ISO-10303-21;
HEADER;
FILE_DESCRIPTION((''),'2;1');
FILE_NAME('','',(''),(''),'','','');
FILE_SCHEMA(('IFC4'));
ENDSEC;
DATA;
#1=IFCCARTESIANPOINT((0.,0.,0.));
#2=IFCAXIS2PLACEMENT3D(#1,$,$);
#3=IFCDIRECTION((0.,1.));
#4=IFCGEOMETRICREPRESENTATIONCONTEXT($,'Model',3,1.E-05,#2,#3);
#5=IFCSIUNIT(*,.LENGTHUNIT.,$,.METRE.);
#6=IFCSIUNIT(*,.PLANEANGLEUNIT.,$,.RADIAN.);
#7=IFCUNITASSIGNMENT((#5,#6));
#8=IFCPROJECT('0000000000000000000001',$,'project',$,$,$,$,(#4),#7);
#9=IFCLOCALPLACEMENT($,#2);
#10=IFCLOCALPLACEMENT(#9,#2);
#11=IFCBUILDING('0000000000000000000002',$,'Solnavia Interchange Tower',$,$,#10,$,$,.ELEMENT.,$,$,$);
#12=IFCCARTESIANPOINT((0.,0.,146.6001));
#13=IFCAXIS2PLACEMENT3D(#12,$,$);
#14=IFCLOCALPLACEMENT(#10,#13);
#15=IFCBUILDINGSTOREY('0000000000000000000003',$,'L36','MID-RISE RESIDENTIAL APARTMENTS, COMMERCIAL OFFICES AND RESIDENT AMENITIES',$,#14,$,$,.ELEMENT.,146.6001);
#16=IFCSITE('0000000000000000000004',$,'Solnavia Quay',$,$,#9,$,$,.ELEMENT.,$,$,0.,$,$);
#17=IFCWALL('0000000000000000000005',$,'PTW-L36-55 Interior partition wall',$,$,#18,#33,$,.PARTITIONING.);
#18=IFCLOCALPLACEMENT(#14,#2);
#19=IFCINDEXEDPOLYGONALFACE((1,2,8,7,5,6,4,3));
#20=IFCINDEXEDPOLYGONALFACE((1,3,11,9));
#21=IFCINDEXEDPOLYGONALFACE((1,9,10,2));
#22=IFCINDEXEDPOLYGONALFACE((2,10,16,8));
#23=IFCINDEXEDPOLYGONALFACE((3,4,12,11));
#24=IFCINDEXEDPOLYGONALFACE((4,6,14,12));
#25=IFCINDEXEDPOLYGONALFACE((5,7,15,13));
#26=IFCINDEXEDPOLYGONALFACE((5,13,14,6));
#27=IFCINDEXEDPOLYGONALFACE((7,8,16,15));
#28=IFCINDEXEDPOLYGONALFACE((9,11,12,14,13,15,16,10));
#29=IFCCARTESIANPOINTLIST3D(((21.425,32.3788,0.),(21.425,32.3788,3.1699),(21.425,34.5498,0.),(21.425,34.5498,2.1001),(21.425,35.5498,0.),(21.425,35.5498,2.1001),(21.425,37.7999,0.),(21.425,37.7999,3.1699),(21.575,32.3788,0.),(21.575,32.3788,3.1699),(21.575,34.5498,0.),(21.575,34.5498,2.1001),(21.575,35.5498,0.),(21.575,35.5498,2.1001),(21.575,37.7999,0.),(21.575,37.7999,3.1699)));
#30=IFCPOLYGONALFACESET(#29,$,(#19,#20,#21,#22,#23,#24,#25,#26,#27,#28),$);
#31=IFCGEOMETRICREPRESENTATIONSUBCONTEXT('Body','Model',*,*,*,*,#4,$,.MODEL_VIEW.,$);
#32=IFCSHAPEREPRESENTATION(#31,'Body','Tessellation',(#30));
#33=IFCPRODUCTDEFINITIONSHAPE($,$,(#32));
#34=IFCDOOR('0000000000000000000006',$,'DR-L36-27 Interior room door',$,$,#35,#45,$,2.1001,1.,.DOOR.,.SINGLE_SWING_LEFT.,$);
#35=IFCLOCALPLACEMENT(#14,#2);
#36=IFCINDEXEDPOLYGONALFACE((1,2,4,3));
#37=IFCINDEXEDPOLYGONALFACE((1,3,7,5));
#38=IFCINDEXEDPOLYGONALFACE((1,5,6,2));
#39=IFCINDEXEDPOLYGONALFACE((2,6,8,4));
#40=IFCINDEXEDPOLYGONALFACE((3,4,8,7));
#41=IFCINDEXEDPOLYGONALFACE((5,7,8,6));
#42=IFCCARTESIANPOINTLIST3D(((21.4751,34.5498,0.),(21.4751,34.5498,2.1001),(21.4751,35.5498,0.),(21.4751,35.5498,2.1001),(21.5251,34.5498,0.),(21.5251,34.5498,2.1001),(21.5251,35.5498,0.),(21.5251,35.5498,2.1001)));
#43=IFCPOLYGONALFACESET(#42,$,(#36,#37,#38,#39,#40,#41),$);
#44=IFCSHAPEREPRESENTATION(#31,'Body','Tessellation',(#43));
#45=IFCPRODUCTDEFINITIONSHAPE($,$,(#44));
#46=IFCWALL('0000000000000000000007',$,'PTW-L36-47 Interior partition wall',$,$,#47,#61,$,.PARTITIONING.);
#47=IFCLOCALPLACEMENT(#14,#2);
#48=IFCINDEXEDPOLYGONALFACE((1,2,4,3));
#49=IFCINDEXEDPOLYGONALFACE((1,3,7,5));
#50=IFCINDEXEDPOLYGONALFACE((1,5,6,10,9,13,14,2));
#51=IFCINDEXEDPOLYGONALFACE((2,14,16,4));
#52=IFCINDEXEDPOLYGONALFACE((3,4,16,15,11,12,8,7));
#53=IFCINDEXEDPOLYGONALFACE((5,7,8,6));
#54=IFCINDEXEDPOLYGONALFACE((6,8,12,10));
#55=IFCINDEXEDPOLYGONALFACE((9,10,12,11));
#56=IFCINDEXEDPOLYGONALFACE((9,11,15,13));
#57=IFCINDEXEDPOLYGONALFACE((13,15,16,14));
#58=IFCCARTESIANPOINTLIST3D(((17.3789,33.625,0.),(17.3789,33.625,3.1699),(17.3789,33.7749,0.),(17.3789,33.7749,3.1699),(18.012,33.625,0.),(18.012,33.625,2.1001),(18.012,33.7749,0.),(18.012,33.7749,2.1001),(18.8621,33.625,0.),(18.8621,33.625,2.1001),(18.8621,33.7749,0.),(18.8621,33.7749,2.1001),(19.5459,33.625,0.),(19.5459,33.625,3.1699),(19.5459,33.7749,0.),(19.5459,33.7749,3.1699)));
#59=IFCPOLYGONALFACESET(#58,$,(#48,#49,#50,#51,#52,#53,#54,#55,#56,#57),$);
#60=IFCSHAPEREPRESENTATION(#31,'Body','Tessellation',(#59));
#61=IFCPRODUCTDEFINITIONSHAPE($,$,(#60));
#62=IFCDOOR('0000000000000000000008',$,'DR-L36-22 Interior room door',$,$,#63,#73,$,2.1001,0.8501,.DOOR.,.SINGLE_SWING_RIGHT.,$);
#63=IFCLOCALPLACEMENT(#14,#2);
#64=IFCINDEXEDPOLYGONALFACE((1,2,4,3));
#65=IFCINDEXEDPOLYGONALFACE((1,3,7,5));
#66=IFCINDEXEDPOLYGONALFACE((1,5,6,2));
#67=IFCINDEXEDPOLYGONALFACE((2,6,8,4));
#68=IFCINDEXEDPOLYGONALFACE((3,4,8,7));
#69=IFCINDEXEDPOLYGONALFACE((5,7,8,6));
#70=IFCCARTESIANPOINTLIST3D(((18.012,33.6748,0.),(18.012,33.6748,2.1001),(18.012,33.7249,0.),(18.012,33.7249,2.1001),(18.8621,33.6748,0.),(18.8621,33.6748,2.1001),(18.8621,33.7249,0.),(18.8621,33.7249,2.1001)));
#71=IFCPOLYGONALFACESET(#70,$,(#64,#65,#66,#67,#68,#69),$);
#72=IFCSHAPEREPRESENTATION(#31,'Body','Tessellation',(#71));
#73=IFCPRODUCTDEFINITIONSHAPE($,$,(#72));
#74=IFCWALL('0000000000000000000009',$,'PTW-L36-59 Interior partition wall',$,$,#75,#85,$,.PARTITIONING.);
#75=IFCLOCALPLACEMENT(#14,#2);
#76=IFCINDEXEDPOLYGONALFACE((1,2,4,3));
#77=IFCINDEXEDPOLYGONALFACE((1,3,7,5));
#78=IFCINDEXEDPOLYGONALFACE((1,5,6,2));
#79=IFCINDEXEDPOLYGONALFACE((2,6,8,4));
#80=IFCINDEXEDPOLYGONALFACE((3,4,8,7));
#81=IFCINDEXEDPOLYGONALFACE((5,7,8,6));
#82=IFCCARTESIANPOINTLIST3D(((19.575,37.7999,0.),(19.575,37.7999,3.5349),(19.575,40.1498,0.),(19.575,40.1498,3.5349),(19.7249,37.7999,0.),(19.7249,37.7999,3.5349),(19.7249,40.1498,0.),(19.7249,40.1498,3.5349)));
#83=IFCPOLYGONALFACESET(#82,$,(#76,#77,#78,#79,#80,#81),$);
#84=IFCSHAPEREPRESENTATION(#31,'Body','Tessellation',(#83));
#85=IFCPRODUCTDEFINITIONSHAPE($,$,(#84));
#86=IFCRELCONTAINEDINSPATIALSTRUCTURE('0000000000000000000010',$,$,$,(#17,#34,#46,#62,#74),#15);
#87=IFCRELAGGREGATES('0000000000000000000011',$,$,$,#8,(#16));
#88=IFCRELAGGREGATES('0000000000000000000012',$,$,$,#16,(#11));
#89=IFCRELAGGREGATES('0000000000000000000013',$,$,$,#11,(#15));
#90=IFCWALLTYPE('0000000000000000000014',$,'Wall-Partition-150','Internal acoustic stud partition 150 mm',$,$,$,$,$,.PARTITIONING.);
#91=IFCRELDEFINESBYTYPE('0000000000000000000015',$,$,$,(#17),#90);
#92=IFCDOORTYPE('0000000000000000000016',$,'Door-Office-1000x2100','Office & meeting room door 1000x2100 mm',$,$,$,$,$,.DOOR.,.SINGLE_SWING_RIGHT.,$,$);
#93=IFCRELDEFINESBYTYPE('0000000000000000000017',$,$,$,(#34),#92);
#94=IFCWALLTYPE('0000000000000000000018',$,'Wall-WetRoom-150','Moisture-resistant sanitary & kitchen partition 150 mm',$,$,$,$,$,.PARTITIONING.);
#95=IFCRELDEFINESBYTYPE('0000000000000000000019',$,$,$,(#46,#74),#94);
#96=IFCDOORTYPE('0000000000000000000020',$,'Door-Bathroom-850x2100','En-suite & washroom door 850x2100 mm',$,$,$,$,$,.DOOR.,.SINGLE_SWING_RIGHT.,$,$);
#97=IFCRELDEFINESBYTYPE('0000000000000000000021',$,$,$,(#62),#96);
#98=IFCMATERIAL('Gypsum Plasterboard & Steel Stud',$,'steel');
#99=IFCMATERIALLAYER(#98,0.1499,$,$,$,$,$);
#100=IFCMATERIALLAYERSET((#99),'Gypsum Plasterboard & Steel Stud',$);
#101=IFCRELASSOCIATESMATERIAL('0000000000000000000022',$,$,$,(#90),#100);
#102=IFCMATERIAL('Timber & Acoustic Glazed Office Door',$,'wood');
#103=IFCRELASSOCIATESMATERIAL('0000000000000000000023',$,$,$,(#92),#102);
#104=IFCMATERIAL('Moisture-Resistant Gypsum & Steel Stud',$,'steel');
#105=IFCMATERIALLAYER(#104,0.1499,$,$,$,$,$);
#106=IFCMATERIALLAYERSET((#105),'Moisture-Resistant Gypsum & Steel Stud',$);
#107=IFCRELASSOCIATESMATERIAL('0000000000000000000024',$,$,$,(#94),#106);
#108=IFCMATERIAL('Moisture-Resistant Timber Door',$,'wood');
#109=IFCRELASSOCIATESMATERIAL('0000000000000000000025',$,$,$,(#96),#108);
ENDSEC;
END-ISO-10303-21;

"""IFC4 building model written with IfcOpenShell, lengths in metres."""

from ifc_helpers import new_model, si_unit, direction, frame, frame_2d, origin, place, context, subcontext, project, spatial, rectangle, extrude, material, layer, layer_set, type_object, element, fill, save


model = new_model("IFC4")

# Units and contexts
model_context = context("Model", 3, precision=1e-05, world=origin(), true_north=direction((0.0, 1.0)))
body_context = subcontext(model_context, "Body", "Model", "MODEL_VIEW")
ifc_project = project(units=[si_unit("LENGTHUNIT", "METRE"), si_unit("PLANEANGLEUNIT", "RADIAN")], contexts=[model_context])

# Site, building, storey
site_placement = place(None, origin())
site = spatial("IfcSite", under=ifc_project, at=site_placement, Name="Solnavia Quay", CompositionType="ELEMENT", RefElevation=0.0)
building_placement = place(site_placement, origin())
building = spatial("IfcBuilding", under=site, at=building_placement, Name="Solnavia Interchange Tower", CompositionType="ELEMENT")
storey_placement = place(building_placement, frame((0.0, 0.0, 146.6001)))
storey = spatial("IfcBuildingStorey", under=building, at=storey_placement, Name="L36", Description="MID-RISE RESIDENTIAL APARTMENTS, COMMERCIAL OFFICES AND RESIDENT AMENITIES", CompositionType="ELEMENT", Elevation=146.6001)

# Shared definitions
ifc_material_1 = material(Name="Gypsum Plasterboard & Steel Stud", Category="steel")
ifc_layer_1 = layer(ifc_material_1, 0.1499)
ifc_layer_set_1 = layer_set([ifc_layer_1], Name="Gypsum Plasterboard & Steel Stud")
wall_type_1 = type_object("IfcWallType", Name="Wall-Partition-150", Description="Internal acoustic stud partition 150 mm", PredefinedType="PARTITIONING", material=ifc_layer_set_1)

# Walls, openings, doors
wall_1_placement = place(storey_placement, frame((21.5, 32.3789, 0.0), z_axis=(0.0, 0.0, 1.0), x_axis=(0.0, 1.0, 0.0)))
wall_1 = element("IfcWall", 1, at=wall_1_placement, inside=storey, type_object=wall_type_1, Name="PTW-L36-55 Interior partition wall", PredefinedType="PARTITIONING", context=body_context, shape_type="SweptSolid", body=[
    extrude(rectangle(XDim=5.4211, YDim=0.1499, at=frame_2d((2.7104, 0.0))), origin(), (0.0, 0.0, 1.0), 3.1699),
])
opening_1_placement = place(wall_1_placement, frame((2.1709, 0.0, 0.0)))
opening_1 = element("IfcOpeningElement", 2, at=opening_1_placement, cuts=wall_1, PredefinedType="OPENING", context=body_context, shape_type="SweptSolid", body=[
    extrude(rectangle(XDim=1.0, YDim=2.1001, at=frame_2d((0.5, 1.05))), frame((0.0, 0.085, 0.0), z_axis=(0.0, -1.0, 0.0), x_axis=(1.0, 0.0, 0.0)), (0.0, 0.0, 1.0), 0.1699),
])
ifc_material_2 = material(Name="Timber & Acoustic Glazed Office Door", Category="wood")
door_type_1 = type_object("IfcDoorType", Name="Door-Office-1000x2100", Description="Office & meeting room door 1000x2100 mm", OperationType="SINGLE_SWING_RIGHT", PredefinedType="DOOR", material=ifc_material_2)
door_1_placement = place(opening_1_placement, origin())
door_1 = element("IfcDoor", 3, at=door_1_placement, inside=storey, type_object=door_type_1, Name="DR-L36-27 Interior room door", OperationType="SINGLE_SWING_LEFT", OverallHeight=2.1001, OverallWidth=1.0, PredefinedType="DOOR", context=body_context, shape_type="SweptSolid", body=[
    extrude(rectangle(XDim=1.0, YDim=2.1001, at=frame_2d((0.5, 1.05))), frame((0.0, 0.0249, 0.0), z_axis=(0.0, -1.0, 0.0), x_axis=(1.0, 0.0, 0.0)), (0.0, 0.0, 1.0), 0.05),
])
fill(opening_1, door_1)
ifc_material_3 = material(Name="Moisture-Resistant Gypsum & Steel Stud", Category="steel")
ifc_layer_2 = layer(ifc_material_3, 0.1499)
ifc_layer_set_2 = layer_set([ifc_layer_2], Name="Moisture-Resistant Gypsum & Steel Stud")
wall_type_2 = type_object("IfcWallType", Name="Wall-WetRoom-150", Description="Moisture-resistant sanitary & kitchen partition 150 mm", PredefinedType="PARTITIONING", material=ifc_layer_set_2)
wall_2_placement = place(storey_placement, frame((17.3789, 33.7, 0.0), z_axis=(0.0, 0.0, 1.0), x_axis=(1.0, 0.0, 0.0)))
wall_2 = element("IfcWall", 4, at=wall_2_placement, inside=storey, type_object=wall_type_2, Name="PTW-L36-47 Interior partition wall", PredefinedType="PARTITIONING", context=body_context, shape_type="SweptSolid", body=[
    extrude(rectangle(XDim=2.167, YDim=0.1499, at=frame_2d((1.0835, 0.0))), origin(), (0.0, 0.0, 1.0), 3.1699),
])
opening_2_placement = place(wall_2_placement, frame((0.6331, 0.0, 0.0)))
opening_2 = element("IfcOpeningElement", 5, at=opening_2_placement, cuts=wall_2, PredefinedType="OPENING", context=body_context, shape_type="SweptSolid", body=[
    extrude(rectangle(XDim=0.8501, YDim=2.1001, at=frame_2d((0.425, 1.05))), frame((0.0, 0.085, 0.0), z_axis=(0.0, -1.0, 0.0), x_axis=(1.0, 0.0, 0.0)), (0.0, 0.0, 1.0), 0.1699),
])
ifc_material_4 = material(Name="Moisture-Resistant Timber Door", Category="wood")
door_type_2 = type_object("IfcDoorType", Name="Door-Bathroom-850x2100", Description="En-suite & washroom door 850x2100 mm", OperationType="SINGLE_SWING_RIGHT", PredefinedType="DOOR", material=ifc_material_4)
door_2_placement = place(opening_2_placement, origin())
door_2 = element("IfcDoor", 6, at=door_2_placement, inside=storey, type_object=door_type_2, Name="DR-L36-22 Interior room door", OperationType="SINGLE_SWING_RIGHT", OverallHeight=2.1001, OverallWidth=0.8501, PredefinedType="DOOR", context=body_context, shape_type="SweptSolid", body=[
    extrude(rectangle(XDim=0.8501, YDim=2.1001, at=frame_2d((0.425, 1.05))), frame((0.0, 0.0249, 0.0), z_axis=(0.0, -1.0, 0.0), x_axis=(1.0, 0.0, 0.0)), (0.0, 0.0, 1.0), 0.05),
])
fill(opening_2, door_2)

# Wall
wall_3_placement = place(storey_placement, frame((19.6499, 37.8, 0.0), z_axis=(0.0, 0.0, 1.0), x_axis=(0.0, 1.0, 0.0)))
element("IfcWall", 7, at=wall_3_placement, inside=storey, type_object=wall_type_2, Name="PTW-L36-59 Interior partition wall", PredefinedType="PARTITIONING", context=body_context, shape_type="SweptSolid", body=[
    extrude(rectangle(XDim=2.3499, YDim=0.1499, at=frame_2d((1.1748, 0.0))), origin(), (0.0, 0.0, 1.0), 3.5349),
])

save(model, "model.ifc")
